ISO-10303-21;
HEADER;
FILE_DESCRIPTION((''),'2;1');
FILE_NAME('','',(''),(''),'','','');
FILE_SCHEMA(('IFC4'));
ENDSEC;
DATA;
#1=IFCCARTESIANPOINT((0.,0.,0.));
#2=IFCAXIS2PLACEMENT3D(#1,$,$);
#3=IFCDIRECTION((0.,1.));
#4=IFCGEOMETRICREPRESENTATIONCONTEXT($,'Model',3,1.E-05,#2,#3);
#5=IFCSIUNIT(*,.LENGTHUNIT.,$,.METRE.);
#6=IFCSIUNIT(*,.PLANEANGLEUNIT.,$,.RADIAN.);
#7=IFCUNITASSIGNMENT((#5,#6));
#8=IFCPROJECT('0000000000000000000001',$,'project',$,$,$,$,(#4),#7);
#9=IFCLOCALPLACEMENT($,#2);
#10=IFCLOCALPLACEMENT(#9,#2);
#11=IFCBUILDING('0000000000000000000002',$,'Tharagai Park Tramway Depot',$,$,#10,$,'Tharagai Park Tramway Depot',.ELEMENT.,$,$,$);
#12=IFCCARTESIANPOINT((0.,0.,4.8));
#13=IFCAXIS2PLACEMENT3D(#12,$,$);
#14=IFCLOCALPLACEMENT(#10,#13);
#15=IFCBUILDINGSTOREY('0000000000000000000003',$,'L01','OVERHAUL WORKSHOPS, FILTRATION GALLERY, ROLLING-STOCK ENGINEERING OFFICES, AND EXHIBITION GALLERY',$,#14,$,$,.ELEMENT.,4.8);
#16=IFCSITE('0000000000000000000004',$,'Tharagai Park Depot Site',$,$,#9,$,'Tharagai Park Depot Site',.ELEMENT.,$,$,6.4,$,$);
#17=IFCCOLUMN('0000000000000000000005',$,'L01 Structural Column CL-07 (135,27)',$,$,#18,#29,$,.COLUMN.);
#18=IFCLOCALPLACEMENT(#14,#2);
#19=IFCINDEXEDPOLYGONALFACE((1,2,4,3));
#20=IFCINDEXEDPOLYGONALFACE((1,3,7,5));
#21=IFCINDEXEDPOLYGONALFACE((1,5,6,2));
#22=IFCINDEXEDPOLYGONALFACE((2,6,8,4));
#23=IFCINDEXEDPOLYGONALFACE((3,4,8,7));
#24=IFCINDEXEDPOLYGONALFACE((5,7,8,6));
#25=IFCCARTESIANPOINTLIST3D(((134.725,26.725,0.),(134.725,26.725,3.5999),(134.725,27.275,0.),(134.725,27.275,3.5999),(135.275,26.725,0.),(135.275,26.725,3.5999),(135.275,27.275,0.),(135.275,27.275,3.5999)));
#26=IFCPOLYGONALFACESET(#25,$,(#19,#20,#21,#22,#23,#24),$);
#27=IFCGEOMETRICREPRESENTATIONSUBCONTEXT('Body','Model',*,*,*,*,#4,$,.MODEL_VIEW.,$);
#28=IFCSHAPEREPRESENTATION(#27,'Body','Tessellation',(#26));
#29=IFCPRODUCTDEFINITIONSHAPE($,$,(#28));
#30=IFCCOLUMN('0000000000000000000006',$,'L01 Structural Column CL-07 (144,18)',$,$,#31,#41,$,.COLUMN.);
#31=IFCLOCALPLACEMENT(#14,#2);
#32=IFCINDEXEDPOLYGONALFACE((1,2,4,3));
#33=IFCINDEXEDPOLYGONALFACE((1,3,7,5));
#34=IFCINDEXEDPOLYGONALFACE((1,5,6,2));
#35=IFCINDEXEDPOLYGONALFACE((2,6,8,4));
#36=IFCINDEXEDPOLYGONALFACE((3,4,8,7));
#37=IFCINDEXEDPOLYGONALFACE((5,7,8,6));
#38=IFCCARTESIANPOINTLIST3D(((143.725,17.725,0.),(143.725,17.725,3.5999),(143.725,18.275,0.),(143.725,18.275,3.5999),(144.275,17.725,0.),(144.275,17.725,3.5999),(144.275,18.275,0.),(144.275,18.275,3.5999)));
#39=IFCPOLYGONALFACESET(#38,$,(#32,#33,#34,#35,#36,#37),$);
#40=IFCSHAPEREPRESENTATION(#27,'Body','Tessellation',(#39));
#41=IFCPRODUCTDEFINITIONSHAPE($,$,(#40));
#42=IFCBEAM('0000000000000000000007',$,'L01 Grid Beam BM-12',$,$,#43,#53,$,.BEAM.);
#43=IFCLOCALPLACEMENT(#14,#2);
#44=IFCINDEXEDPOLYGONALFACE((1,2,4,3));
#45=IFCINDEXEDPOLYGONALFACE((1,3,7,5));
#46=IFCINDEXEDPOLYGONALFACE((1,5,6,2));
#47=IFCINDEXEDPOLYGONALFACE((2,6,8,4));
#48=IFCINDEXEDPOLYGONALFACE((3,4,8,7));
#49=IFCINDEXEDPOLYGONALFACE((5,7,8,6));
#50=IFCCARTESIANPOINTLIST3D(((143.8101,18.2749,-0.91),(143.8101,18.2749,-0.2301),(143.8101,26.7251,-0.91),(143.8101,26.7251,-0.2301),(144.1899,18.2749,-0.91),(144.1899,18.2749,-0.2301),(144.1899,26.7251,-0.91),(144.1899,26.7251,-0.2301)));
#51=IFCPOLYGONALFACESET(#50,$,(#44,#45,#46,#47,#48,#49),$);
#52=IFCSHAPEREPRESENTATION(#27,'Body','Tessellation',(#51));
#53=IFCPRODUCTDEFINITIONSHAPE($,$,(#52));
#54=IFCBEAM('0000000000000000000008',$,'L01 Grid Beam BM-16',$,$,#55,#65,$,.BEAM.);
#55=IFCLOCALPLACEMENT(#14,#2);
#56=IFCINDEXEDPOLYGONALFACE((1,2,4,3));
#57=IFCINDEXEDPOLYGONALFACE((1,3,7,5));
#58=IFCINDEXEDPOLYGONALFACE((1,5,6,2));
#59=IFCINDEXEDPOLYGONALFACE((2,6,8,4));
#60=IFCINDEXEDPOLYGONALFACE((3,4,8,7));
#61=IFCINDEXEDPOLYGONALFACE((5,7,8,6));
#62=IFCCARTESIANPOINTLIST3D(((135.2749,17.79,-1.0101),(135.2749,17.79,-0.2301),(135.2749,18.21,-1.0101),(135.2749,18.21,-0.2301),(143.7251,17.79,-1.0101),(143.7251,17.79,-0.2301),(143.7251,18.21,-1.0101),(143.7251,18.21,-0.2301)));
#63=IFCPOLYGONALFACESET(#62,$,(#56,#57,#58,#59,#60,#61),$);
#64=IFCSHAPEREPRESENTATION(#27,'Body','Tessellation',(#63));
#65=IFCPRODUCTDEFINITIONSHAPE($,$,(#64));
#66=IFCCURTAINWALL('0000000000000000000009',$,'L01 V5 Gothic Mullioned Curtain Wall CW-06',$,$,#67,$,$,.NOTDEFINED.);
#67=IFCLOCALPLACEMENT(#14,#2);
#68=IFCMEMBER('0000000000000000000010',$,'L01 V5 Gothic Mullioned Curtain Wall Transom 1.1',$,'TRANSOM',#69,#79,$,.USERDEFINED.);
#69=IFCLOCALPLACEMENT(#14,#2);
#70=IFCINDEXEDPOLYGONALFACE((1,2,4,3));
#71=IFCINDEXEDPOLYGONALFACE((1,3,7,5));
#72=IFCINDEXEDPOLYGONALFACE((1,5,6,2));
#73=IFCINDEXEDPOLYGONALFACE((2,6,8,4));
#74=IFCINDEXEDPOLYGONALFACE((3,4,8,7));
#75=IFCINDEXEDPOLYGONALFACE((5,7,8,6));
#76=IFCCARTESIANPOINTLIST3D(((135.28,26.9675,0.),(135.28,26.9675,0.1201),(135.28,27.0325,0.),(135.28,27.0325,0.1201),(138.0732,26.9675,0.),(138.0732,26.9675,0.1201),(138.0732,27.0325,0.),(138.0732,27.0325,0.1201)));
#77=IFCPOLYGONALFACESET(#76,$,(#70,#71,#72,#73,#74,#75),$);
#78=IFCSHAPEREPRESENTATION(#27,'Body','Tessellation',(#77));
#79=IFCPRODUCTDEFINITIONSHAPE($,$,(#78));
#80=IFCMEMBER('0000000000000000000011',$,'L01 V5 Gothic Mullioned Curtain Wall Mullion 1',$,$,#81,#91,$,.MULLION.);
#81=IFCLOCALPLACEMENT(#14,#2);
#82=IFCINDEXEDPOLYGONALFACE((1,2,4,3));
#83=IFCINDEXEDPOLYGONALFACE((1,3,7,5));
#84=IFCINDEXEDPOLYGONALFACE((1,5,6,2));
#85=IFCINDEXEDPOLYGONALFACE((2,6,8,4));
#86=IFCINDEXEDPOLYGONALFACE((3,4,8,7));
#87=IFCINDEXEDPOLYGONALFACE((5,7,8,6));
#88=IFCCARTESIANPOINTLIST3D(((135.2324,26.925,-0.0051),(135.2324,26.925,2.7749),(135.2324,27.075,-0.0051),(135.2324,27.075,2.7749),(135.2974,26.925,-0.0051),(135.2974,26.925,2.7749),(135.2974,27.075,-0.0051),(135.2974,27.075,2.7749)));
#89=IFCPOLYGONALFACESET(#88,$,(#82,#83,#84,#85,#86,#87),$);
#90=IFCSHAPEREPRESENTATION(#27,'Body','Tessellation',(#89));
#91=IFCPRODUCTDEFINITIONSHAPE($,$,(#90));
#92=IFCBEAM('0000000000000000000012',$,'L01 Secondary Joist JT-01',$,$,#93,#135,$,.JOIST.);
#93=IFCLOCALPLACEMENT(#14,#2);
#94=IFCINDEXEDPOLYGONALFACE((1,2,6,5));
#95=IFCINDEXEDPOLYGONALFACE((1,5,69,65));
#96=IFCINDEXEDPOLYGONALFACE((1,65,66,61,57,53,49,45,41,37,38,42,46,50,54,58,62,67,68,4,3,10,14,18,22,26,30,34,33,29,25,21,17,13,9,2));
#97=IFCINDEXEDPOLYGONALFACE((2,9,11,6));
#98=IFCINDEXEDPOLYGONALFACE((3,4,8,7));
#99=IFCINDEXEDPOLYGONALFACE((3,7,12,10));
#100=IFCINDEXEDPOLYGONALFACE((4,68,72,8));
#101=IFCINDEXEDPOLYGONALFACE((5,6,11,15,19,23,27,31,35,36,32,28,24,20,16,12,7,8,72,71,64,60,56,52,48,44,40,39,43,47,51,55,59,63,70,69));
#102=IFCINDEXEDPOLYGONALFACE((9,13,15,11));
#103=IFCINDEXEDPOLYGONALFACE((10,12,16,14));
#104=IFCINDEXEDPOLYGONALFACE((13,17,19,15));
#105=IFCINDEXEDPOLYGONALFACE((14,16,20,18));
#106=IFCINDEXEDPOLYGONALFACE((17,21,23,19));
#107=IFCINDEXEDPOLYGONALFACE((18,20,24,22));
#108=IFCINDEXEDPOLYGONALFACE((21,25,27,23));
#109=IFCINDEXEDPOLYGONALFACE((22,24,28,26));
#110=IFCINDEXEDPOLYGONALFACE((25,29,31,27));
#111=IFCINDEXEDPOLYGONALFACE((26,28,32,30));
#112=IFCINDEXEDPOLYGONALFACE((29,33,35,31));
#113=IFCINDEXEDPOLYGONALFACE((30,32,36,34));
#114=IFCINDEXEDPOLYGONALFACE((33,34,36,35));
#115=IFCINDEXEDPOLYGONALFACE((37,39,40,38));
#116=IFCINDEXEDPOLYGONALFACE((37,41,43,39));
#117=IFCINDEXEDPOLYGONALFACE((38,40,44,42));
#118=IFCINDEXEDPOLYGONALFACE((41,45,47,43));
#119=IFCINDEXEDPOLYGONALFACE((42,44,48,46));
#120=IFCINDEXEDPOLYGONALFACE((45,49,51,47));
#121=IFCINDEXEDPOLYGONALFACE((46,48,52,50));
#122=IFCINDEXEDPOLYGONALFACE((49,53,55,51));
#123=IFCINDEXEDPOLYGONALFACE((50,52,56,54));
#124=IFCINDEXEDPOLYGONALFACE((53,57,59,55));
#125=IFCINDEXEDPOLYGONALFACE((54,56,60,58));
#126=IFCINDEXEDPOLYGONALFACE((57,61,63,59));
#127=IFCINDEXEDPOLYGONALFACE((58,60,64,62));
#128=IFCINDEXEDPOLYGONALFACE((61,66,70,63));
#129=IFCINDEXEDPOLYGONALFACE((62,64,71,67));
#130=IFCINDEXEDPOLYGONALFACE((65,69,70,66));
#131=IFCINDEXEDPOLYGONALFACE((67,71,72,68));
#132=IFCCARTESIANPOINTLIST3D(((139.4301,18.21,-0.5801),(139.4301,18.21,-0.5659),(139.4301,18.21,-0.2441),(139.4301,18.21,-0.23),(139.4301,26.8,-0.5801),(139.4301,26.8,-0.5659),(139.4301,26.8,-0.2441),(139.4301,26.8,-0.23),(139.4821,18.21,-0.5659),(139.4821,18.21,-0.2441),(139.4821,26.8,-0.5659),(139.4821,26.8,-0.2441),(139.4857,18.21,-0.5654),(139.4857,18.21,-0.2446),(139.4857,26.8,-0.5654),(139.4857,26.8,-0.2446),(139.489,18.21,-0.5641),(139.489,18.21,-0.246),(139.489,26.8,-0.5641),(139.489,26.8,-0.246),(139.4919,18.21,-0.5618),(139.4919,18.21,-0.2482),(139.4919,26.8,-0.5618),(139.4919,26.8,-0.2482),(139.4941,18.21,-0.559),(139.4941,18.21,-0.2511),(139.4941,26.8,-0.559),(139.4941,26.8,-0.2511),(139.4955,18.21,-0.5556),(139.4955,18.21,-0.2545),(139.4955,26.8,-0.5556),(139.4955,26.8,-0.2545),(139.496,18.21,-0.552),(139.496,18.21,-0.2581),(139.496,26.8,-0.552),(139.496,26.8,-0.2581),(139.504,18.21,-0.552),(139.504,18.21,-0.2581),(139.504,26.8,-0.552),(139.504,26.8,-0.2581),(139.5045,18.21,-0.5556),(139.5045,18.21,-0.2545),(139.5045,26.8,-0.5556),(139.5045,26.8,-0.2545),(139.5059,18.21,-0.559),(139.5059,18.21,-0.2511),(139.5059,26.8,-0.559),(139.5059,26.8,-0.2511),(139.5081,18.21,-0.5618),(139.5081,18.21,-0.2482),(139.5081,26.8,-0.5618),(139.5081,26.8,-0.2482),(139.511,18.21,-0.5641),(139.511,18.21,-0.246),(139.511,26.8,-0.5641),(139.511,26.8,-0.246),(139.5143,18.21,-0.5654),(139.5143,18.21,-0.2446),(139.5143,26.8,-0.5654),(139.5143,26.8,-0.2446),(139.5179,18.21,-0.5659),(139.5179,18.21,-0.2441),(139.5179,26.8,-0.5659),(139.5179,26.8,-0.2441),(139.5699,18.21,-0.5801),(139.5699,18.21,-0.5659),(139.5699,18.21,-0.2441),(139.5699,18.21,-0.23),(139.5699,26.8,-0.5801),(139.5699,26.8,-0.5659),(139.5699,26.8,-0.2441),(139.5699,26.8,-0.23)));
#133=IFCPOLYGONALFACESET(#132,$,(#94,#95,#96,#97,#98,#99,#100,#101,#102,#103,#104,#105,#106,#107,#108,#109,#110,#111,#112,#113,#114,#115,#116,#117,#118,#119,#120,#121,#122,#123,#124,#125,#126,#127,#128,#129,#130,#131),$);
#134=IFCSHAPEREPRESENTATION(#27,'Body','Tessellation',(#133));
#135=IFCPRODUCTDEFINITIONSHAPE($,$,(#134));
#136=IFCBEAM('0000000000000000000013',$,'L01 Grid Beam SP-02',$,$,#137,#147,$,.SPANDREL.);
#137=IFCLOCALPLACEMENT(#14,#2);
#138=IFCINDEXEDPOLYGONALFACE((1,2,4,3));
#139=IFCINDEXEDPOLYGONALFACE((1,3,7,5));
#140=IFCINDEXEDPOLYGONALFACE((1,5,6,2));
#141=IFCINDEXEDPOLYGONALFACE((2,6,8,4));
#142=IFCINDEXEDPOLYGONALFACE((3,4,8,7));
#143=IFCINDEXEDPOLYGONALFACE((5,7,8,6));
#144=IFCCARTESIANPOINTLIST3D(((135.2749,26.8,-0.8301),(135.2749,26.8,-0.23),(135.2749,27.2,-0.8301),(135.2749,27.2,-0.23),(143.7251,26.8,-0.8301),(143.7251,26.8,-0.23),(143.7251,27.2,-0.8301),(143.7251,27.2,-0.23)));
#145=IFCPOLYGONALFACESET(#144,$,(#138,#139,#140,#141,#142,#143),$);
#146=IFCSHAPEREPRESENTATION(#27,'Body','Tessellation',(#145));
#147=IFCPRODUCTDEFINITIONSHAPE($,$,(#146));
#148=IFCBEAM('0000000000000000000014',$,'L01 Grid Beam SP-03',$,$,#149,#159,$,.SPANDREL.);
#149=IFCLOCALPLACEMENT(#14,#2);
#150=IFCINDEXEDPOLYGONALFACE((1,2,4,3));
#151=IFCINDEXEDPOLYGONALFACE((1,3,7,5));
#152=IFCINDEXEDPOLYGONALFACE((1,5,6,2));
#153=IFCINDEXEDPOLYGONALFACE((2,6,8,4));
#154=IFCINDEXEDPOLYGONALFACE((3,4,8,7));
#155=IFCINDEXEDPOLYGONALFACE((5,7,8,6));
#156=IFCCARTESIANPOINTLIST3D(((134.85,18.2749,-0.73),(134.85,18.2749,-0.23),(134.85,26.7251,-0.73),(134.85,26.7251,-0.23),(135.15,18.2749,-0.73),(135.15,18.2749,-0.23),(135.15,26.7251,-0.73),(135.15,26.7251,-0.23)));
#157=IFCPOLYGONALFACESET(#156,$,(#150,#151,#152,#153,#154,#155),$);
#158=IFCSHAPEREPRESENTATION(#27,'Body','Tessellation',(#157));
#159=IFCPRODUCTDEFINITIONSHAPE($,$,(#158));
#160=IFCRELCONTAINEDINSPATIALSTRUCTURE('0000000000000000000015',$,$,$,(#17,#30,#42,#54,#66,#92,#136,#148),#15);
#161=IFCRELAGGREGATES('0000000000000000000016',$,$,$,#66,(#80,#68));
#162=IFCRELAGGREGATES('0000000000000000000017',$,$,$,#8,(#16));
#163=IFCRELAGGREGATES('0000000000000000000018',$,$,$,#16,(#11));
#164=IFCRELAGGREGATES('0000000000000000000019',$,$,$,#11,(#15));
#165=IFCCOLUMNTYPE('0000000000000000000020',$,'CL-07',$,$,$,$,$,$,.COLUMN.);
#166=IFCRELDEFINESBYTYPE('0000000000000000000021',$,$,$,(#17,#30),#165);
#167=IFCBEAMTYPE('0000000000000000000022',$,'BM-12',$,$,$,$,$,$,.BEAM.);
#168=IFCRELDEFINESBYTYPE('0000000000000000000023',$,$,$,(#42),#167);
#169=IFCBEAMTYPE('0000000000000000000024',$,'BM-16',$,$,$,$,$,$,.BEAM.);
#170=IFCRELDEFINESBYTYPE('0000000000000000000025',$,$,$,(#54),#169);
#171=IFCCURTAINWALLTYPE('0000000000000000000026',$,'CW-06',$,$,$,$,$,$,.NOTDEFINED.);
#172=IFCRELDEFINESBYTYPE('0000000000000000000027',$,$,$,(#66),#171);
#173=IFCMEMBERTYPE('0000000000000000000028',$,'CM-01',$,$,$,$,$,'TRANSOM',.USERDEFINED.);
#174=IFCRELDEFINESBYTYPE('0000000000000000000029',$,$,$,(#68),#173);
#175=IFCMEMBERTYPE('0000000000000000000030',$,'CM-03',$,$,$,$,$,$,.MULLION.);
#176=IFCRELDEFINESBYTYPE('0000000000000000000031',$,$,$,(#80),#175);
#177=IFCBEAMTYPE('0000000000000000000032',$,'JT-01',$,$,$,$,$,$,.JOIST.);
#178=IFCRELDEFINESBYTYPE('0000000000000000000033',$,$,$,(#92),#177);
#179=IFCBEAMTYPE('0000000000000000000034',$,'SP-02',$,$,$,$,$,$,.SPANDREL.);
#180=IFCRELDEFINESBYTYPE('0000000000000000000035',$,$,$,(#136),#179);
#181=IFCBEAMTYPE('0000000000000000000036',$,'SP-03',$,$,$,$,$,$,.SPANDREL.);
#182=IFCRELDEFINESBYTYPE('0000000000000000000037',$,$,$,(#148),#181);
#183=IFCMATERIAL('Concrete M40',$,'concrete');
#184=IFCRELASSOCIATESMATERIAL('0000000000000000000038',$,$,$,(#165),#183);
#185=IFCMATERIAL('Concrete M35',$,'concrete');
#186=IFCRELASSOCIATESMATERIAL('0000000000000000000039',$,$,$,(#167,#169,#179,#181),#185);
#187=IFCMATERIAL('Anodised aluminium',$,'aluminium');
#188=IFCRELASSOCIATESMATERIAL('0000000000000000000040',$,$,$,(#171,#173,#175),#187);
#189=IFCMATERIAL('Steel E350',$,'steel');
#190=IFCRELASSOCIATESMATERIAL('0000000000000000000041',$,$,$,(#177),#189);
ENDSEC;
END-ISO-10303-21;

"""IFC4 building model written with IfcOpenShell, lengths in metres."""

from ifc_helpers import new_model, si_unit, direction, frame, origin, origin_2d, place, context, subcontext, project, spatial, rectangle, i_section, extrude, material, material_profile, profile_set, type_object, element, aggregate, save


model = new_model("IFC4")

# Units and contexts
model_context = context("Model", 3, precision=1e-05, world=origin(), true_north=direction((0.0, 1.0)))
body_context = subcontext(model_context, "Body", "Model", "MODEL_VIEW")
ifc_project = project(units=[si_unit("LENGTHUNIT", "METRE"), si_unit("PLANEANGLEUNIT", "RADIAN")], contexts=[model_context])

# Site, building, storey
site_placement = place(None, origin())
site = spatial("IfcSite", under=ifc_project, at=site_placement, Name="Tharagai Park Depot Site", LongName="Tharagai Park Depot Site", CompositionType="ELEMENT", RefElevation=6.4)
building_placement = place(site_placement, origin())
building = spatial("IfcBuilding", under=site, at=building_placement, Name="Tharagai Park Tramway Depot", LongName="Tharagai Park Tramway Depot", CompositionType="ELEMENT")
storey_placement = place(building_placement, frame((0.0, 0.0, 4.8)))
storey = spatial("IfcBuildingStorey", under=building, at=storey_placement, Name="L01", Description="OVERHAUL WORKSHOPS, FILTRATION GALLERY, ROLLING-STOCK ENGINEERING OFFICES, AND EXHIBITION GALLERY", CompositionType="ELEMENT", Elevation=4.8)

# Columns
ifc_material_1 = material(Name="Concrete M40", Category="concrete")
ifc_material_profile_1 = material_profile(ifc_material_1, rectangle(XDim=0.55, YDim=0.55, at=origin_2d()), Name="RC 550x550")
ifc_profile_set_1 = profile_set([ifc_material_profile_1], Name="Concrete M40")
column_type = type_object("IfcColumnType", Name="CL-07", PredefinedType="COLUMN", material=ifc_profile_set_1)
for number, where, z_axis, x_axis, name in (
    (1, (135.0, 27.0, 0.0), (0.0, 0.0, 1.0), (1.0, 0.0, 0.0), "L01 Structural Column CL-07 (135,27)"),
    (2, (144.0, 18.0, 0.0), (0.0, 0.0, 1.0), (1.0, 0.0, 0.0), "L01 Structural Column CL-07 (144,18)"),
):
    element("IfcColumn", number, at=place(storey_placement, frame(where, z_axis=z_axis, x_axis=x_axis)), inside=storey, type_object=column_type, Name=name, PredefinedType="COLUMN", context=body_context, shape_type="SweptSolid", body=[
        extrude(rectangle(XDim=0.55, YDim=0.55, at=origin_2d()), origin(), (0.0, 0.0, 1.0), 3.5999),
    ])

# Beams
ifc_material_2 = material(Name="Concrete M35", Category="concrete")
ifc_material_profile_2 = material_profile(ifc_material_2, rectangle(XDim=0.3799, YDim=0.6799, at=origin_2d()), Name="RC 380x680")
ifc_profile_set_2 = profile_set([ifc_material_profile_2], Name="Concrete M35")
beam_type_1 = type_object("IfcBeamType", Name="BM-12", PredefinedType="BEAM", material=ifc_profile_set_2)
beam_1_placement = place(storey_placement, frame((144.0, 18.2749, -0.5701), z_axis=(0.0, 1.0, 0.0), x_axis=(-1.0, 0.0, 0.0)))
element("IfcBeam", 3, at=beam_1_placement, inside=storey, type_object=beam_type_1, Name="L01 Grid Beam BM-12", PredefinedType="BEAM", context=body_context, shape_type="SweptSolid", body=[
    extrude(rectangle(XDim=0.3799, YDim=0.6799, at=origin_2d()), origin(), (0.0, 0.0, 1.0), 8.4502),
])
ifc_material_profile_3 = material_profile(ifc_material_2, rectangle(XDim=0.4199, YDim=0.78, at=origin_2d()), Name="RC 420x780")
ifc_profile_set_3 = profile_set([ifc_material_profile_3], Name="Concrete M35")
beam_type_2 = type_object("IfcBeamType", Name="BM-16", PredefinedType="BEAM", material=ifc_profile_set_3)
beam_2_placement = place(storey_placement, frame((135.2749, 18.0, -0.6201), z_axis=(1.0, 0.0, 0.0), x_axis=(0.0, 1.0, 0.0)))
element("IfcBeam", 4, at=beam_2_placement, inside=storey, type_object=beam_type_2, Name="L01 Grid Beam BM-16", PredefinedType="BEAM", context=body_context, shape_type="SweptSolid", body=[
    extrude(rectangle(XDim=0.4199, YDim=0.78, at=origin_2d()), origin(), (0.0, 0.0, 1.0), 8.4502),
])

# Curtain wall, members
ifc_material_3 = material(Name="Anodised aluminium", Category="aluminium")
curtain_wall_type = type_object("IfcCurtainWallType", Name="CW-06", PredefinedType="NOTDEFINED", material=ifc_material_3)
curtain_wall_placement = place(storey_placement, origin())
curtain_wall = element("IfcCurtainWall", 5, at=curtain_wall_placement, inside=storey, type_object=curtain_wall_type, Name="L01 V5 Gothic Mullioned Curtain Wall CW-06", PredefinedType="NOTDEFINED")
ifc_material_profile_4 = material_profile(ifc_material_3, rectangle(XDim=0.0649, YDim=0.1201, at=origin_2d()), Name="ALU 65x120")
ifc_profile_set_4 = profile_set([ifc_material_profile_4], Name="Anodised aluminium")
member_type_1 = type_object("IfcMemberType", Name="CM-01", ElementType="TRANSOM", PredefinedType="USERDEFINED", material=ifc_profile_set_4)
member_1_placement = place(storey_placement, frame((135.28, 27.0, 0.0601), z_axis=(1.0, 0.0, 0.0), x_axis=(0.0, 1.0, 0.0)))
member_1 = element("IfcMember", 6, at=member_1_placement, type_object=member_type_1, Name="L01 V5 Gothic Mullioned Curtain Wall Transom 1.1", ObjectType="TRANSOM", PredefinedType="USERDEFINED", context=body_context, shape_type="SweptSolid", body=[
    extrude(rectangle(XDim=0.0649, YDim=0.1201, at=origin_2d()), origin(), (0.0, 0.0, 1.0), 2.7932),
])
ifc_material_profile_5 = material_profile(ifc_material_3, rectangle(XDim=0.0649, YDim=0.1499, at=origin_2d()), Name="ALU 65x150")
ifc_profile_set_5 = profile_set([ifc_material_profile_5], Name="Anodised aluminium")
member_type_2 = type_object("IfcMemberType", Name="CM-03", PredefinedType="MULLION", material=ifc_profile_set_5)
member_2_placement = place(storey_placement, frame((135.2649, 27.0, -0.0051), z_axis=(0.0, 0.0, 1.0), x_axis=(1.0, 0.0, 0.0)))
member_2 = element("IfcMember", 7, at=member_2_placement, type_object=member_type_2, Name="L01 V5 Gothic Mullioned Curtain Wall Mullion 1", PredefinedType="MULLION", context=body_context, shape_type="SweptSolid", body=[
    extrude(rectangle(XDim=0.0649, YDim=0.1499, at=origin_2d()), origin(), (0.0, 0.0, 1.0), 2.78),
])
aggregate(curtain_wall, [member_2, member_1])

# Beams
ifc_material_4 = material(Name="Steel E350", Category="steel")
ifc_material_profile_6 = material_profile(ifc_material_4, i_section(OverallWidth=0.1399, OverallDepth=0.3501, WebThickness=0.0081, FlangeThickness=0.0142, FilletRadius=0.0139, at=origin_2d()), Name="ISMB 350")
ifc_profile_set_6 = profile_set([ifc_material_profile_6], Name="Steel E350")
beam_type_3 = type_object("IfcBeamType", Name="JT-01", PredefinedType="JOIST", material=ifc_profile_set_6)
beam_3_placement = place(storey_placement, frame((139.5, 18.21, -0.405), z_axis=(0.0, 1.0, 0.0), x_axis=(-1.0, 0.0, 0.0)))
element("IfcBeam", 8, at=beam_3_placement, inside=storey, type_object=beam_type_3, Name="L01 Secondary Joist JT-01", PredefinedType="JOIST", context=body_context, shape_type="SweptSolid", body=[
    extrude(i_section(OverallWidth=0.1399, OverallDepth=0.3501, WebThickness=0.0081, FlangeThickness=0.0142, FilletRadius=0.0139, at=origin_2d()), origin(), (0.0, 0.0, 1.0), 8.5901),
])
ifc_material_profile_7 = material_profile(ifc_material_2, rectangle(XDim=0.3999, YDim=0.6001, at=origin_2d()), Name="RC 400x600")
ifc_profile_set_7 = profile_set([ifc_material_profile_7], Name="Concrete M35")
beam_type_4 = type_object("IfcBeamType", Name="SP-02", PredefinedType="SPANDREL", material=ifc_profile_set_7)
beam_4_placement = place(storey_placement, frame((135.2749, 27.0, -0.53), z_axis=(1.0, 0.0, 0.0), x_axis=(0.0, 1.0, 0.0)))
element("IfcBeam", 9, at=beam_4_placement, inside=storey, type_object=beam_type_4, Name="L01 Grid Beam SP-02", PredefinedType="SPANDREL", context=body_context, shape_type="SweptSolid", body=[
    extrude(rectangle(XDim=0.3999, YDim=0.6001, at=origin_2d()), origin(), (0.0, 0.0, 1.0), 8.4502),
])
ifc_material_profile_8 = material_profile(ifc_material_2, rectangle(XDim=0.3, YDim=0.5, at=origin_2d()), Name="RC 300x500")
ifc_profile_set_8 = profile_set([ifc_material_profile_8], Name="Concrete M35")
beam_type_5 = type_object("IfcBeamType", Name="SP-03", PredefinedType="SPANDREL", material=ifc_profile_set_8)
beam_5_placement = place(storey_placement, frame((135.0, 18.2749, -0.48), z_axis=(0.0, 1.0, 0.0), x_axis=(-1.0, 0.0, 0.0)))
element("IfcBeam", 10, at=beam_5_placement, inside=storey, type_object=beam_type_5, Name="L01 Grid Beam SP-03", PredefinedType="SPANDREL", context=body_context, shape_type="SweptSolid", body=[
    extrude(rectangle(XDim=0.3, YDim=0.5, at=origin_2d()), origin(), (0.0, 0.0, 1.0), 8.4502),
])

save(model, "model.ifc")
